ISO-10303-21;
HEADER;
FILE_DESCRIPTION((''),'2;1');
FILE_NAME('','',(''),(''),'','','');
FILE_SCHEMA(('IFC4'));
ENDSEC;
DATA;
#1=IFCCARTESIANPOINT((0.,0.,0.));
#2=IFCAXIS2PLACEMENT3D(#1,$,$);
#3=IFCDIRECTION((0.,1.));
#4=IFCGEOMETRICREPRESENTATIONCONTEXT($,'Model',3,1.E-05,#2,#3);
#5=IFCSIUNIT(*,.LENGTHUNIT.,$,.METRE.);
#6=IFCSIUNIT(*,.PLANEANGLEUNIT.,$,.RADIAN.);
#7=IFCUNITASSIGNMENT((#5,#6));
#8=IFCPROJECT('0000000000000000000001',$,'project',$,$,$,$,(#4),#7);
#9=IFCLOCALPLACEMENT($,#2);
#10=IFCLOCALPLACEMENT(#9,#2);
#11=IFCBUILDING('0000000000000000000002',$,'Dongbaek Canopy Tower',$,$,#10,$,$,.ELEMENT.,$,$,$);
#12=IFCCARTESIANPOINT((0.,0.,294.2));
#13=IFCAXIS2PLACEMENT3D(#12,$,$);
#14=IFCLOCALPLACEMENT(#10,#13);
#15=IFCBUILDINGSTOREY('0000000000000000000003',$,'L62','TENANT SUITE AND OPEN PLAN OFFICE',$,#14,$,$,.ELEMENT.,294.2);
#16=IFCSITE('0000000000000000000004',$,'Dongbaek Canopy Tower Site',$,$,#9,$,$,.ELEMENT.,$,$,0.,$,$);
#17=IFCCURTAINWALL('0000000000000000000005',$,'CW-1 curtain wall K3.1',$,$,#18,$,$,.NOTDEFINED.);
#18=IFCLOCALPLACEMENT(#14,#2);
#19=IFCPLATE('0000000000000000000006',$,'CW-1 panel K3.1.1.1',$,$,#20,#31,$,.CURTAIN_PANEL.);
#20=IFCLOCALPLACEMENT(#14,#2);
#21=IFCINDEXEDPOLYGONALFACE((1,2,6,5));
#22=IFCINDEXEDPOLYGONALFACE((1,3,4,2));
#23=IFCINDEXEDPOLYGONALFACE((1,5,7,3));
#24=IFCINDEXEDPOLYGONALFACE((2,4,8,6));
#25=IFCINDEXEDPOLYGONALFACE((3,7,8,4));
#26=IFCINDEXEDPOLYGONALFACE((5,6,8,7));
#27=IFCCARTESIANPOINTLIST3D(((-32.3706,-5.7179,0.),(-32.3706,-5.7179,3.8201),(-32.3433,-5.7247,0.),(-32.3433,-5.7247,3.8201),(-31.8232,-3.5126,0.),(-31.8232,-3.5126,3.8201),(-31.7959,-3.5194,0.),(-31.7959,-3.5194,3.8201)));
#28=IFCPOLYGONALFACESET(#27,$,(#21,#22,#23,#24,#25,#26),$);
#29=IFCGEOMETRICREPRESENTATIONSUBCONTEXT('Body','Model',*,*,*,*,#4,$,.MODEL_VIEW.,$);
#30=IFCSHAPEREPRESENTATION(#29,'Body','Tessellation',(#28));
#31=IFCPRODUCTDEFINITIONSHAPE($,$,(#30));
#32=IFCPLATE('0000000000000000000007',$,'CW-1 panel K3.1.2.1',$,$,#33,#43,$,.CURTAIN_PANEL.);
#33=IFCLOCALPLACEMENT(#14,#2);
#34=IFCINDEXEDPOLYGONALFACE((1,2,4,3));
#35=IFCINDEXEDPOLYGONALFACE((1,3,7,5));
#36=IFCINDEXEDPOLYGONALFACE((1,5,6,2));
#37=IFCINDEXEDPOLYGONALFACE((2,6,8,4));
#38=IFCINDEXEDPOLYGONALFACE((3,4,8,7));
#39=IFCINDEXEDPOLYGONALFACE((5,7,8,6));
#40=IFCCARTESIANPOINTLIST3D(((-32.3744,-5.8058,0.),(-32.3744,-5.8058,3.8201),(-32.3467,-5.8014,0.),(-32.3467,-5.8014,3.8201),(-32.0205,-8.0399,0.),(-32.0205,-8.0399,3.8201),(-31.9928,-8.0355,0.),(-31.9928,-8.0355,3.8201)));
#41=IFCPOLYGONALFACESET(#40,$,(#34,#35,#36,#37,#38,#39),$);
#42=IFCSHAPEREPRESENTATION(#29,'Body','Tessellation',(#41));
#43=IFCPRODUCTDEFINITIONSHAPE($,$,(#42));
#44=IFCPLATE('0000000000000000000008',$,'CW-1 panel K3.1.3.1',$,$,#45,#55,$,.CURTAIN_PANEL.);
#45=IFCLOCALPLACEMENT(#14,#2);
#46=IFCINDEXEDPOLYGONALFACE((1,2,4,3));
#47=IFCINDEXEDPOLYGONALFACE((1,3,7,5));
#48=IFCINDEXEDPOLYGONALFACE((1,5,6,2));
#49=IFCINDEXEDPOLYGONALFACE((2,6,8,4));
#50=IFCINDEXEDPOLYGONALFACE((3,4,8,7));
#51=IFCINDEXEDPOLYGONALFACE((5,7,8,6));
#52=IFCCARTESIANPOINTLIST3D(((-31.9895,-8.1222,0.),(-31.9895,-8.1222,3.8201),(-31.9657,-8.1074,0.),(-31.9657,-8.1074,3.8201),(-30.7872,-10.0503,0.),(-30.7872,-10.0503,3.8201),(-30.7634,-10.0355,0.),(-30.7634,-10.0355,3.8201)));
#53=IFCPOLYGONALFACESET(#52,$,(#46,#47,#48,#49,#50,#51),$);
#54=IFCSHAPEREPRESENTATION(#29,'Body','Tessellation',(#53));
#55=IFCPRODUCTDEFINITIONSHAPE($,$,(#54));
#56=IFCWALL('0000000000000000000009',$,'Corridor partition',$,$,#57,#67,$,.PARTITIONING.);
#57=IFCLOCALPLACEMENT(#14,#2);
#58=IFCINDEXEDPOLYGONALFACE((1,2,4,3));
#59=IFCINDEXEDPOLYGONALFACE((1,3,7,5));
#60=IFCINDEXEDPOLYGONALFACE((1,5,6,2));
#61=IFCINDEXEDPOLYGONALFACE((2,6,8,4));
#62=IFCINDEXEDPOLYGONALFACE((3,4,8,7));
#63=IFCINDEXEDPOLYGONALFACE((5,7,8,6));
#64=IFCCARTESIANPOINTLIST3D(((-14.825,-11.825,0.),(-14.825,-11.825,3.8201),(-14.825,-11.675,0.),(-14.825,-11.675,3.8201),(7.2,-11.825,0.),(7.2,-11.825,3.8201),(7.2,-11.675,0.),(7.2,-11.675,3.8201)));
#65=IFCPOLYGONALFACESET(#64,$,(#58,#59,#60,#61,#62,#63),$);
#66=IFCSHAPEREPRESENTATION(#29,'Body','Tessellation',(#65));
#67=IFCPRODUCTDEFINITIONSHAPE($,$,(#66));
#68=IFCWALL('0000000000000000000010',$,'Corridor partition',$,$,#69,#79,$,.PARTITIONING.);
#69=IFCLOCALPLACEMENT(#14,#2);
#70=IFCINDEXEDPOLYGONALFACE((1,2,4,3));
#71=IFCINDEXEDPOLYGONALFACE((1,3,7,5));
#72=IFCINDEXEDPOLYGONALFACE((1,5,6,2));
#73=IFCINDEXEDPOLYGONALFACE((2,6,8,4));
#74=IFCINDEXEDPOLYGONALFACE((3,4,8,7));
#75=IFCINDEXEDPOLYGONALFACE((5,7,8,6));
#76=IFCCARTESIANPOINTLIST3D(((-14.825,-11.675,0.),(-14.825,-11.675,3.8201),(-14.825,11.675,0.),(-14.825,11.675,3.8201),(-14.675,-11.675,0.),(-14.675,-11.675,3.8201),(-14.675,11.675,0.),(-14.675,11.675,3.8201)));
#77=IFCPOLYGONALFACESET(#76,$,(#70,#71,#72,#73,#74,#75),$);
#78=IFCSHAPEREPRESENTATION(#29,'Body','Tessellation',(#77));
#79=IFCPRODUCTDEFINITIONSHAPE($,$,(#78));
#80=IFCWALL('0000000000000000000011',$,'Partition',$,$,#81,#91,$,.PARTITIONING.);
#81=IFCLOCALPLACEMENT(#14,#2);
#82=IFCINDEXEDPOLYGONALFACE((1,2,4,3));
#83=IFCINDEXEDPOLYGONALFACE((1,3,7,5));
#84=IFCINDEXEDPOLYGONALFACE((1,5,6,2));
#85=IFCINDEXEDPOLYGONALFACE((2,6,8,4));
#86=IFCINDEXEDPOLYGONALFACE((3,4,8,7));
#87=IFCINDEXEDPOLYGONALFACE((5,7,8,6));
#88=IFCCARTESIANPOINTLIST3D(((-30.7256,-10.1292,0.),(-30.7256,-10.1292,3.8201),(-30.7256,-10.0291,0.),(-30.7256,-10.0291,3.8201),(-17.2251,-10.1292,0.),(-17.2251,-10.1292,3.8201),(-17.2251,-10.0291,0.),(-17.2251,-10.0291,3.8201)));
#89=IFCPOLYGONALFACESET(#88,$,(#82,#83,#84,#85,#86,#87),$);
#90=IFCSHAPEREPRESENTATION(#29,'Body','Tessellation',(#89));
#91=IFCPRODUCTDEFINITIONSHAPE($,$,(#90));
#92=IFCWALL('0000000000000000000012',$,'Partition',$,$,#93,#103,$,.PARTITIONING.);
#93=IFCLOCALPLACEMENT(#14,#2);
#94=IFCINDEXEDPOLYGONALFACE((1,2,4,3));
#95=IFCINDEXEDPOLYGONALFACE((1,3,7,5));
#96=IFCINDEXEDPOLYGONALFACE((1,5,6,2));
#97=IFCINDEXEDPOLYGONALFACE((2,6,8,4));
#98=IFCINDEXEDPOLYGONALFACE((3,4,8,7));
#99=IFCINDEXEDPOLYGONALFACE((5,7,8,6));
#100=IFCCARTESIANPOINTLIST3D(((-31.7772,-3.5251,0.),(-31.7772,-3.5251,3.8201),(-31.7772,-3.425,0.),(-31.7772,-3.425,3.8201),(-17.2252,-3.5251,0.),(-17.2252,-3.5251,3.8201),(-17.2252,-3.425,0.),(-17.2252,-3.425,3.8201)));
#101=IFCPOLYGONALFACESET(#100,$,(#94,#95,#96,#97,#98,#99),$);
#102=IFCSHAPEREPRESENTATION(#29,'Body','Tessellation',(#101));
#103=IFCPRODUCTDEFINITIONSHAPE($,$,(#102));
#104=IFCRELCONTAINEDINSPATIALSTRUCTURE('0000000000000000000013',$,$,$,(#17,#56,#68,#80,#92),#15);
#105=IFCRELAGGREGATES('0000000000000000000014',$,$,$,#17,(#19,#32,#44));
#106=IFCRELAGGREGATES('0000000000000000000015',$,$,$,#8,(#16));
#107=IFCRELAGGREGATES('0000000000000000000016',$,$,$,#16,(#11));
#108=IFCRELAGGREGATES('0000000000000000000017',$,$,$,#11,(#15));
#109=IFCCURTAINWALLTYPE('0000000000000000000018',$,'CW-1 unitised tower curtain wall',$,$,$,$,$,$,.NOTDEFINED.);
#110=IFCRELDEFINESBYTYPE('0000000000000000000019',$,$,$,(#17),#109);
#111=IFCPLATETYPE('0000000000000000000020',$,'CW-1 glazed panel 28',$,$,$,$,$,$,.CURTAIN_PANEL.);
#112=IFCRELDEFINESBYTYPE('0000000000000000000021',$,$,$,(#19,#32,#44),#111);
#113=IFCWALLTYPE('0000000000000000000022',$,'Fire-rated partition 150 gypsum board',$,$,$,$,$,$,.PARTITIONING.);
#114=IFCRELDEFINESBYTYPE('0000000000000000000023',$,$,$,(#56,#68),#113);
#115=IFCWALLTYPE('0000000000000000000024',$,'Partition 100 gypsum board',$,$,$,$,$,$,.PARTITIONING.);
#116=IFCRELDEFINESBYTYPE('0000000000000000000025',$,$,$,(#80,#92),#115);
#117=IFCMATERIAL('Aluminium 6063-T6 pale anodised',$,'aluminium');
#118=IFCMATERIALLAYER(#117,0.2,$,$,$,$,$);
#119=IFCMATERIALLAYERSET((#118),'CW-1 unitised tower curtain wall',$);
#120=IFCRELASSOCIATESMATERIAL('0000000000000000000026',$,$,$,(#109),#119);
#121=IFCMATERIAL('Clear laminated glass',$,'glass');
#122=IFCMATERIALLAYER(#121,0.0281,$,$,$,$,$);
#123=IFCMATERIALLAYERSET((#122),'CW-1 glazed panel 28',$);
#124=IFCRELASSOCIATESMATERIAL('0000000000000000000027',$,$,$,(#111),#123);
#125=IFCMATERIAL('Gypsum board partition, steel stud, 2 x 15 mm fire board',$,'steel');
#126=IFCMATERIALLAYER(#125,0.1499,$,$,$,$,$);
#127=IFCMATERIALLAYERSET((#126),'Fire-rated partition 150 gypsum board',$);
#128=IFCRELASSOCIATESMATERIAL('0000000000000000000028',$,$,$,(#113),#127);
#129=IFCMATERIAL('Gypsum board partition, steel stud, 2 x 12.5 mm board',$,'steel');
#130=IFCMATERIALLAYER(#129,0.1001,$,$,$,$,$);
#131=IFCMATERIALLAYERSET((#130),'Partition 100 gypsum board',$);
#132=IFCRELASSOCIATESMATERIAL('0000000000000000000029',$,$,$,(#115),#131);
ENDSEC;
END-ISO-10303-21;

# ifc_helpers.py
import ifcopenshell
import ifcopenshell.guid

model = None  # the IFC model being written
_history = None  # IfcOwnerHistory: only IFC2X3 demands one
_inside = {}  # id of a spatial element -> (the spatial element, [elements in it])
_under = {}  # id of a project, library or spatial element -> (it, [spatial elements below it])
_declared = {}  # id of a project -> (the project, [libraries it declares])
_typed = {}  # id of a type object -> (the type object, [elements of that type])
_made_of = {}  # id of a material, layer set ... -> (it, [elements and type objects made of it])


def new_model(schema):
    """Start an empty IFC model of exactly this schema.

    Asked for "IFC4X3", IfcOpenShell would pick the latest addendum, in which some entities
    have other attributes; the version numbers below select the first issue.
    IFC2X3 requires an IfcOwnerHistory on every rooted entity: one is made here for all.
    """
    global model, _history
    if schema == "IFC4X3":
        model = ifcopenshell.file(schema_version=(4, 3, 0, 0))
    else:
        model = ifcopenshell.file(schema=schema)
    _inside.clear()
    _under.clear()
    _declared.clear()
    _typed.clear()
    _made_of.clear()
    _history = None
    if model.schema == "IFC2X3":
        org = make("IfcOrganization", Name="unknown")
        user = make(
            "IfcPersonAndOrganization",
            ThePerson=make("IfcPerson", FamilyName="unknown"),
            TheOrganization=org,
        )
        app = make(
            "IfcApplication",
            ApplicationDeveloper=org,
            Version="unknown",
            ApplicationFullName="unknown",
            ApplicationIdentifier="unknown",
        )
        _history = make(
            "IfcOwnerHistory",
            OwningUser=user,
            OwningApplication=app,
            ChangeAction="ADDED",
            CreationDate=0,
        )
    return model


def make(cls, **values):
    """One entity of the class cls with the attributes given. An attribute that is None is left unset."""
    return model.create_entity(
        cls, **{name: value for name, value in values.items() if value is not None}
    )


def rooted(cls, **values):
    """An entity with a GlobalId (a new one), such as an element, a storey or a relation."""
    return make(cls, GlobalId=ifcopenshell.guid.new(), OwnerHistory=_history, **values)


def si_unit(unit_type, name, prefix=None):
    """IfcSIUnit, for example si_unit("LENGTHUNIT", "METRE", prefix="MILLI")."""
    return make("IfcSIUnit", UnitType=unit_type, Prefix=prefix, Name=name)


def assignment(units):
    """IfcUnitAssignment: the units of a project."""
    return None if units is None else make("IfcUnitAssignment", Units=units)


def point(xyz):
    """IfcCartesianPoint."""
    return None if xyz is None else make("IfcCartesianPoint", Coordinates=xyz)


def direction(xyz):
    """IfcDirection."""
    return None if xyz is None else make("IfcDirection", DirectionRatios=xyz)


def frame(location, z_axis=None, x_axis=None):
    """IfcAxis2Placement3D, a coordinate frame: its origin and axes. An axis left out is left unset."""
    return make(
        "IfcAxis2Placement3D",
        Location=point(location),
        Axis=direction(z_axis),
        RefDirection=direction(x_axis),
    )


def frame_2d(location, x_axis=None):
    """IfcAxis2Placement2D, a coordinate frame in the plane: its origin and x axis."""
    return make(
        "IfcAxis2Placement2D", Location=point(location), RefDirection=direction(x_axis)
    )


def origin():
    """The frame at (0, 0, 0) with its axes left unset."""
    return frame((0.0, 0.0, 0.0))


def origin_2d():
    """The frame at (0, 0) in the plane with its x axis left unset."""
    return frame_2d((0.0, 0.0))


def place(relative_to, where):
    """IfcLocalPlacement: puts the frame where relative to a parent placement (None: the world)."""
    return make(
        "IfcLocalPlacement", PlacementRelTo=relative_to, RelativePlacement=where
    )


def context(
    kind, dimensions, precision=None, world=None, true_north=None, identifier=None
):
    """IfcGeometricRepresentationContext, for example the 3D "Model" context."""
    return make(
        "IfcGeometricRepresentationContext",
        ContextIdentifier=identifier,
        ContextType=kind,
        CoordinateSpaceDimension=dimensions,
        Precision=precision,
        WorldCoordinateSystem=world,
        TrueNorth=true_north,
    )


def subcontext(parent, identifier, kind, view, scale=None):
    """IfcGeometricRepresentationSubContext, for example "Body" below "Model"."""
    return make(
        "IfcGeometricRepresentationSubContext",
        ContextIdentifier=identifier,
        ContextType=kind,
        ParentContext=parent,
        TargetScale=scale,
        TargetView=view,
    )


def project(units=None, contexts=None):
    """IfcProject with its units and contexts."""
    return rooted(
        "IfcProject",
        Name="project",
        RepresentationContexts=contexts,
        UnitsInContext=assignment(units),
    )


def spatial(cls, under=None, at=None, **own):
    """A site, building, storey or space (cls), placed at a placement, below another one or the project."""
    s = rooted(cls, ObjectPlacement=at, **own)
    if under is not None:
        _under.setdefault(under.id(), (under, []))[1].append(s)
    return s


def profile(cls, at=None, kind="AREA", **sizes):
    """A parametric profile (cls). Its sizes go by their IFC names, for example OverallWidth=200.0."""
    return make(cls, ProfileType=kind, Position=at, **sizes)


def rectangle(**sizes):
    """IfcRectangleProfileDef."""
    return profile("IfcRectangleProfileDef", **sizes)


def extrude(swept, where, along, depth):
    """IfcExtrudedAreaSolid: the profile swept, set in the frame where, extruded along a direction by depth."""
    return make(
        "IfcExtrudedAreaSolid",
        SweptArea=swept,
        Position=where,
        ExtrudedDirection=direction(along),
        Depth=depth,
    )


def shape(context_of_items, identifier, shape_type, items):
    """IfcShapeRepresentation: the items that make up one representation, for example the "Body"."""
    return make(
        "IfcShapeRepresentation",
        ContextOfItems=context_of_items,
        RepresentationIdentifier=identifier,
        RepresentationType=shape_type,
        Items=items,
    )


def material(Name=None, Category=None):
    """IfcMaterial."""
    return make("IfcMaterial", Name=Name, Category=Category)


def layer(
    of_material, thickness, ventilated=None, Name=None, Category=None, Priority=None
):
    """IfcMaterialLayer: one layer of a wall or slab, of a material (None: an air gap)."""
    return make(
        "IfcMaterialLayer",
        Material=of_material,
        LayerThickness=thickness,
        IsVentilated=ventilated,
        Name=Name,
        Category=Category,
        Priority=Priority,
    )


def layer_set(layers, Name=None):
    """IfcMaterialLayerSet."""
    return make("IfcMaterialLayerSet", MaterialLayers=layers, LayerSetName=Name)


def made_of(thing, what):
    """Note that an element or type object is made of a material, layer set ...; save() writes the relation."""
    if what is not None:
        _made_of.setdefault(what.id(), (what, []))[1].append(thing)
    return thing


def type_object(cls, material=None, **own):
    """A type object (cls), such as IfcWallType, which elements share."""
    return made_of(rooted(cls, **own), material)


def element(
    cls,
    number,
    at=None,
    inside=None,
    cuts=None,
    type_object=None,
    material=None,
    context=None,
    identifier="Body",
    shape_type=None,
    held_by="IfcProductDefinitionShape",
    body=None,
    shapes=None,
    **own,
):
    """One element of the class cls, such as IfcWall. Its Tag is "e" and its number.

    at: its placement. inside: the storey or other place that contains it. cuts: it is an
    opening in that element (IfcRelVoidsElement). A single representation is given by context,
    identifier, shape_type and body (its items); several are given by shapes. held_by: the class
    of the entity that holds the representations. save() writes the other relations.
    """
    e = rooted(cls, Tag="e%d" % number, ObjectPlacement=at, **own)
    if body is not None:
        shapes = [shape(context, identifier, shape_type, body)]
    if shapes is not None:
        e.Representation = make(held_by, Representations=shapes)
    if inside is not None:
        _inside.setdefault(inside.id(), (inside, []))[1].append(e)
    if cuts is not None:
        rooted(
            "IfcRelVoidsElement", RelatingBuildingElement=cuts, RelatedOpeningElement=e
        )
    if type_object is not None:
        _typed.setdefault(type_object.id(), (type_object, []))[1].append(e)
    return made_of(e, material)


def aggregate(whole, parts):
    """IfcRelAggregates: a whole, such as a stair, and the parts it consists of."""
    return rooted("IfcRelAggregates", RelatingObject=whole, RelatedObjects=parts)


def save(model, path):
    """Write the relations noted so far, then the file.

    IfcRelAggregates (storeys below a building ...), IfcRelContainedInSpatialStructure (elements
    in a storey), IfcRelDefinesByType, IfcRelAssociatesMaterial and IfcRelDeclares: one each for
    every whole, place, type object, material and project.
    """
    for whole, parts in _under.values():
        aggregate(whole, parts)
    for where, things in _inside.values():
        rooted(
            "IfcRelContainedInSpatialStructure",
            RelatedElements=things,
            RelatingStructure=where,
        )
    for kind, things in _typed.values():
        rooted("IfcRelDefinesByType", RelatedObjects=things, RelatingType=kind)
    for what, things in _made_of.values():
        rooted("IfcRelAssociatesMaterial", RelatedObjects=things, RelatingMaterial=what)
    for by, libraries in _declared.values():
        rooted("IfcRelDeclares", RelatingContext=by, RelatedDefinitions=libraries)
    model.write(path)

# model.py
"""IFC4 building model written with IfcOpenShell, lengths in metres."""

from ifc_helpers import new_model, si_unit, direction, frame, frame_2d, origin, origin_2d, place, context, subcontext, project, spatial, rectangle, extrude, material, layer, layer_set, type_object, element, aggregate, save


model = new_model("IFC4")

# Units and contexts
model_context = context("Model", 3, precision=1e-05, world=origin(), true_north=direction((0.0, 1.0)))
body_context = subcontext(model_context, "Body", "Model", "MODEL_VIEW")
ifc_project = project(units=[si_unit("LENGTHUNIT", "METRE"), si_unit("PLANEANGLEUNIT", "RADIAN")], contexts=[model_context])

# Site, building, storey
site_placement = place(None, origin())
site = spatial("IfcSite", under=ifc_project, at=site_placement, Name="Dongbaek Canopy Tower Site", CompositionType="ELEMENT", RefElevation=0.0)
building_placement = place(site_placement, origin())
building = spatial("IfcBuilding", under=site, at=building_placement, Name="Dongbaek Canopy Tower", CompositionType="ELEMENT")
storey_placement = place(building_placement, frame((0.0, 0.0, 294.2)))
storey = spatial("IfcBuildingStorey", under=building, at=storey_placement, Name="L62", Description="TENANT SUITE AND OPEN PLAN OFFICE", CompositionType="ELEMENT", Elevation=294.2)

# Shared definitions
ifc_material_1 = material(Name="Aluminium 6063-T6 pale anodised", Category="aluminium")
ifc_layer_1 = layer(ifc_material_1, 0.2)
ifc_layer_set_1 = layer_set([ifc_layer_1], Name="CW-1 unitised tower curtain wall")
curtain_wall_type = type_object("IfcCurtainWallType", Name="CW-1 unitised tower curtain wall", PredefinedType="NOTDEFINED", material=ifc_layer_set_1)

# Curtain wall
curtain_wall_1_placement = place(storey_placement, origin())
curtain_wall_1 = element("IfcCurtainWall", 1, at=curtain_wall_1_placement, inside=storey, type_object=curtain_wall_type, Name="CW-1 curtain wall K3.1", PredefinedType="NOTDEFINED")

# Plates
ifc_material_2 = material(Name="Clear laminated glass", Category="glass")
ifc_layer_2 = layer(ifc_material_2, 0.0281)
ifc_layer_set_2 = layer_set([ifc_layer_2], Name="CW-1 glazed panel 28")
plate_type = type_object("IfcPlateType", Name="CW-1 glazed panel 28", PredefinedType="CURTAIN_PANEL", material=ifc_layer_set_2)
plate_1_placement = place(storey_placement, frame((-32.0833, -4.6187, 0.0), z_axis=(0.0, 0.0, 1.0), x_axis=(-0.240927, -0.970543, 0.0)))
plate_1 = element("IfcPlate", 2, at=plate_1_placement, type_object=plate_type, Name="CW-1 panel K3.1.1.1", PredefinedType="CURTAIN_PANEL", context=body_context, shape_type="SweptSolid", body=[
    extrude(rectangle(XDim=2.2722, YDim=0.0281, at=origin_2d()), origin(), (0.0, 0.0, 1.0), 3.8201),
])
plate_2_placement = place(storey_placement, frame((-32.1836, -6.9207, 0.0), z_axis=(0.0, 0.0, 1.0), x_axis=(0.156479, -0.987681, 0.0)))
plate_2 = element("IfcPlate", 3, at=plate_2_placement, type_object=plate_type, Name="CW-1 panel K3.1.2.1", PredefinedType="CURTAIN_PANEL", context=body_context, shape_type="SweptSolid", body=[
    extrude(rectangle(XDim=2.262, YDim=0.0281, at=origin_2d()), origin(), (0.0, 0.0, 1.0), 3.8201),
])
plate_3_placement = place(storey_placement, frame((-31.3765, -9.0789, 0.0), z_axis=(0.0, 0.0, 1.0), x_axis=(0.529126, -0.848543, 0.0)))
plate_3 = element("IfcPlate", 4, at=plate_3_placement, type_object=plate_type, Name="CW-1 panel K3.1.3.1", PredefinedType="CURTAIN_PANEL", context=body_context, shape_type="SweptSolid", body=[
    extrude(rectangle(XDim=2.2722, YDim=0.0281, at=origin_2d()), origin(), (0.0, 0.0, 1.0), 3.8201),
])
aggregate(curtain_wall_1, [plate_1, plate_2, plate_3])

# Walls
ifc_material_3 = material(Name="Gypsum board partition, steel stud, 2 x 15 mm fire board", Category="steel")
ifc_layer_3 = layer(ifc_material_3, 0.1499)
ifc_layer_set_3 = layer_set([ifc_layer_3], Name="Fire-rated partition 150 gypsum board")
wall_type_1 = type_object("IfcWallType", Name="Fire-rated partition 150 gypsum board", PredefinedType="PARTITIONING", material=ifc_layer_set_3)
wall_1_placement = place(storey_placement, frame((-14.825, -11.75, 0.0), z_axis=(0.0, 0.0, 1.0), x_axis=(1.0, 0.0, 0.0)))
element("IfcWall", 5, at=wall_1_placement, inside=storey, type_object=wall_type_1, Name="Corridor partition", PredefinedType="PARTITIONING", context=body_context, shape_type="SweptSolid", body=[
    extrude(rectangle(XDim=22.0249, YDim=0.1499, at=frame_2d((11.0125, 0.0))), origin(), (0.0, 0.0, 1.0), 3.8201),
])
wall_2_placement = place(storey_placement, frame((-14.75, -11.675, 0.0), z_axis=(0.0, 0.0, 1.0), x_axis=(0.0, 1.0, 0.0)))
element("IfcWall", 6, at=wall_2_placement, inside=storey, type_object=wall_type_1, Name="Corridor partition", PredefinedType="PARTITIONING", context=body_context, shape_type="SweptSolid", body=[
    extrude(rectangle(XDim=23.3501, YDim=0.1499, at=frame_2d((11.675, 0.0))), origin(), (0.0, 0.0, 1.0), 3.8201),
])
ifc_material_4 = material(Name="Gypsum board partition, steel stud, 2 x 12.5 mm board", Category="steel")
ifc_layer_4 = layer(ifc_material_4, 0.1001)
ifc_layer_set_4 = layer_set([ifc_layer_4], Name="Partition 100 gypsum board")
wall_type_2 = type_object("IfcWallType", Name="Partition 100 gypsum board", PredefinedType="PARTITIONING", material=ifc_layer_set_4)
wall_3_placement = place(storey_placement, frame((-30.7256, -10.0791, 0.0), z_axis=(0.0, 0.0, 1.0), x_axis=(1.0, 0.0, 0.0)))
element("IfcWall", 7, at=wall_3_placement, inside=storey, type_object=wall_type_2, Name="Partition", PredefinedType="PARTITIONING", context=body_context, shape_type="SweptSolid", body=[
    extrude(rectangle(XDim=13.5005, YDim=0.1001, at=frame_2d((6.7502, 0.0))), origin(), (0.0, 0.0, 1.0), 3.8201),
])
wall_4_placement = place(storey_placement, frame((-31.7771, -3.4751, 0.0), z_axis=(0.0, 0.0, 1.0), x_axis=(1.0, 0.0, 0.0)))
element("IfcWall", 8, at=wall_4_placement, inside=storey, type_object=wall_type_2, Name="Partition", PredefinedType="PARTITIONING", context=body_context, shape_type="SweptSolid", body=[
    extrude(rectangle(XDim=14.552, YDim=0.1001, at=frame_2d((7.2759, 0.0))), origin(), (0.0, 0.0, 1.0), 3.8201),
])

save(model, "model.ifc")
